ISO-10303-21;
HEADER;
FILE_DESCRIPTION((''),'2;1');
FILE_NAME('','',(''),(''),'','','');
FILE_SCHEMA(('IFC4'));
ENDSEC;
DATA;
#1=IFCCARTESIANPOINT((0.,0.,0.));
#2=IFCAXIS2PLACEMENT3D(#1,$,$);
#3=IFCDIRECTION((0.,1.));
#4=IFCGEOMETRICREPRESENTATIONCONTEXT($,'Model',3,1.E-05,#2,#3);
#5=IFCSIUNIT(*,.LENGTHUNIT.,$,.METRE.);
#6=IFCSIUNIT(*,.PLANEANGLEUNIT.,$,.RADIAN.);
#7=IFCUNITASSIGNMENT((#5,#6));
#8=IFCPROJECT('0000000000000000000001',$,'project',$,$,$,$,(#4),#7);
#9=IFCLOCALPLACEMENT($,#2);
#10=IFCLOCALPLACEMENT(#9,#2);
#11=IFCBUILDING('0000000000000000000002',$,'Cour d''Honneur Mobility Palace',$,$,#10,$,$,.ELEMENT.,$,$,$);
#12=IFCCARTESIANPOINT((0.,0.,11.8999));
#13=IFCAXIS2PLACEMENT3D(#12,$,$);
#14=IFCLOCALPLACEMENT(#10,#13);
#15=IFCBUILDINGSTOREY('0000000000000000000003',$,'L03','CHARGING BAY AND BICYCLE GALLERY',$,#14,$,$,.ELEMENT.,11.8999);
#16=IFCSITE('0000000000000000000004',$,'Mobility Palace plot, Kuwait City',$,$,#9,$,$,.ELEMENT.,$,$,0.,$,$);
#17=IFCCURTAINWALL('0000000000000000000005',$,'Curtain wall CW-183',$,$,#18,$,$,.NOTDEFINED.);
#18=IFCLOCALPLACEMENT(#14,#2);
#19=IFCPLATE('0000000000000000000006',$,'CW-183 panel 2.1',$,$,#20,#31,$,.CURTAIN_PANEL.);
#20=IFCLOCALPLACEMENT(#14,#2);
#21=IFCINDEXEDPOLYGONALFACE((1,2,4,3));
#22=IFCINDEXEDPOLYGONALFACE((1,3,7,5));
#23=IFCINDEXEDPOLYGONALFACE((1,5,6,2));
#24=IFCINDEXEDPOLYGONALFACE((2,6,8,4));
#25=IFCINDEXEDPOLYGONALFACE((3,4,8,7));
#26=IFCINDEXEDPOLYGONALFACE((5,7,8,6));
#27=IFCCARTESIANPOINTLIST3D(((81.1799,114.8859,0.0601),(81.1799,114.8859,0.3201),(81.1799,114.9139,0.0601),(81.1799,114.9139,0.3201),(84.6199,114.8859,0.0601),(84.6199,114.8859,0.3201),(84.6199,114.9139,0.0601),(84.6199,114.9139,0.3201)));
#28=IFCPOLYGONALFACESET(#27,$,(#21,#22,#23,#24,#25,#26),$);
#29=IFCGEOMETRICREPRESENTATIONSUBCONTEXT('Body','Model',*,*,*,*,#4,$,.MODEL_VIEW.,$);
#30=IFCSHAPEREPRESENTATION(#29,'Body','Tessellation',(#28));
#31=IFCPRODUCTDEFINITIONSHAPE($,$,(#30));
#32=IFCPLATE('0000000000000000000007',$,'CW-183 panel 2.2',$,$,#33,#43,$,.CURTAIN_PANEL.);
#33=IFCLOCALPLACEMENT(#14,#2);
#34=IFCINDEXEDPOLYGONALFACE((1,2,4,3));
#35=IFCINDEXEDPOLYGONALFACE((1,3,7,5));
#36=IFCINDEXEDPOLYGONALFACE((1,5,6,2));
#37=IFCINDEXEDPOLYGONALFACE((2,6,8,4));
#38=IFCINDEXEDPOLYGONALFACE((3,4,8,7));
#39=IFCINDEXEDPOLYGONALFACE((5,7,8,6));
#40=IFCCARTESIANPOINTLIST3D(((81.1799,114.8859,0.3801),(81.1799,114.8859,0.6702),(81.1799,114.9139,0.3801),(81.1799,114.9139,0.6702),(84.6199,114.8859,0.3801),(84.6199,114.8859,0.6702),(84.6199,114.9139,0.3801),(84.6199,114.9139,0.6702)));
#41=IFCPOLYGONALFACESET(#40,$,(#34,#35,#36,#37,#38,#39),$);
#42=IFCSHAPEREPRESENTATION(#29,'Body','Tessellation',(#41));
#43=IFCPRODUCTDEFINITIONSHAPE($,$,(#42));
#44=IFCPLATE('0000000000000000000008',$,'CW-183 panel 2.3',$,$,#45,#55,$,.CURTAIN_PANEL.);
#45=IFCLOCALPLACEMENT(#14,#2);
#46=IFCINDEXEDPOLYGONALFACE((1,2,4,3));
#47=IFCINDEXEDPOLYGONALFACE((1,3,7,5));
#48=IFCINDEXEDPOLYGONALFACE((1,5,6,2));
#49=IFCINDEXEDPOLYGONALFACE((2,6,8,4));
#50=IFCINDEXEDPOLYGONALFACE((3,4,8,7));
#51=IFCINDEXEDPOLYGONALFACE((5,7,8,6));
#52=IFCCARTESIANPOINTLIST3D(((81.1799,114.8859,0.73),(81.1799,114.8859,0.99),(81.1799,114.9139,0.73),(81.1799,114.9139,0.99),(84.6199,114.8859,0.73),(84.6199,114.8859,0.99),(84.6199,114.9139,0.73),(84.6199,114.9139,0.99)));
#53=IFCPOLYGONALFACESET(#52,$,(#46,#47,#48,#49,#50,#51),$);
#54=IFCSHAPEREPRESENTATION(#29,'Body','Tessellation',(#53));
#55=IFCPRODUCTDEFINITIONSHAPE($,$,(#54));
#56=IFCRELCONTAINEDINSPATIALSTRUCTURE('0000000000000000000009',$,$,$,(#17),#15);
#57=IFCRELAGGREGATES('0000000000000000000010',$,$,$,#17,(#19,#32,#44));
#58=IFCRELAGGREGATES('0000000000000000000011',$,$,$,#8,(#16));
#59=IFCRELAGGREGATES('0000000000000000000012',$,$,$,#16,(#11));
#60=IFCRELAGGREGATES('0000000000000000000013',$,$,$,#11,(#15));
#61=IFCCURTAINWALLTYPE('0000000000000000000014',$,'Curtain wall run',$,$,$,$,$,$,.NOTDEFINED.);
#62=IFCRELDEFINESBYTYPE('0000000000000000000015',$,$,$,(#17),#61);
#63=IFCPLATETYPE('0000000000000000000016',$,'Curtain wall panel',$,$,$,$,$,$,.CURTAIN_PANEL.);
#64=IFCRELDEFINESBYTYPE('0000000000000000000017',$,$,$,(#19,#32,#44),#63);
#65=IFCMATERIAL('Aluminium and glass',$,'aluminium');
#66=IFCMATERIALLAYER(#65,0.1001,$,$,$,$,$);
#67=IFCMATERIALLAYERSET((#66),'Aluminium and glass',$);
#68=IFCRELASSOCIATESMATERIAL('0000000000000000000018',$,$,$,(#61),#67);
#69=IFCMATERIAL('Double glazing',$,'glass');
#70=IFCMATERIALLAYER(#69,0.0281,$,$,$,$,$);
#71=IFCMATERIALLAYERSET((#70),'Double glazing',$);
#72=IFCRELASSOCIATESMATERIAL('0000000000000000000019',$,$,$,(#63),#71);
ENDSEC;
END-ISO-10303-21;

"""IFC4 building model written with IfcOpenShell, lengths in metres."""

from ifc_helpers import new_model, si_unit, direction, frame, origin, origin_2d, place, context, subcontext, project, spatial, rectangle, extrude, material, layer, layer_set, type_object, element, aggregate, save


model = new_model("IFC4")

# Units and contexts
model_context = context("Model", 3, precision=1e-05, world=origin(), true_north=direction((0.0, 1.0)))
body_context = subcontext(model_context, "Body", "Model", "MODEL_VIEW")
ifc_project = project(units=[si_unit("LENGTHUNIT", "METRE"), si_unit("PLANEANGLEUNIT", "RADIAN")], contexts=[model_context])

# Site, building, storey
site_placement = place(None, origin())
site = spatial("IfcSite", under=ifc_project, at=site_placement, Name="Mobility Palace plot, Kuwait City", CompositionType="ELEMENT", RefElevation=0.0)
building_placement = place(site_placement, origin())
building = spatial("IfcBuilding", under=site, at=building_placement, Name="Cour d'Honneur Mobility Palace", CompositionType="ELEMENT")
storey_placement = place(building_placement, frame((0.0, 0.0, 11.8999)))
storey = spatial("IfcBuildingStorey", under=building, at=storey_placement, Name="L03", Description="CHARGING BAY AND BICYCLE GALLERY", CompositionType="ELEMENT", Elevation=11.8999)

# Curtain wall
ifc_material_1 = material(Name="Aluminium and glass", Category="aluminium")
ifc_layer_1 = layer(ifc_material_1, 0.1001)
ifc_layer_set_1 = layer_set([ifc_layer_1], Name="Aluminium and glass")
curtain_wall_type = type_object("IfcCurtainWallType", Name="Curtain wall run", PredefinedType="NOTDEFINED", material=ifc_layer_set_1)
curtain_wall_1_placement = place(storey_placement, origin())
curtain_wall_1 = element("IfcCurtainWall", 1, at=curtain_wall_1_placement, inside=storey, type_object=curtain_wall_type, Name="Curtain wall CW-183", PredefinedType="NOTDEFINED")

# Plates
ifc_material_2 = material(Name="Double glazing", Category="glass")
ifc_layer_2 = layer(ifc_material_2, 0.0281)
ifc_layer_set_2 = layer_set([ifc_layer_2], Name="Double glazing")
plate_type = type_object("IfcPlateType", Name="Curtain wall panel", PredefinedType="CURTAIN_PANEL", material=ifc_layer_set_2)
plate_1_placement = place(storey_placement, frame((82.8999, 114.8999, 0.0601), z_axis=(0.0, 0.0, 1.0), x_axis=(1.0, 0.0, 0.0)))
plate_1 = element("IfcPlate", 2, at=plate_1_placement, type_object=plate_type, Name="CW-183 panel 2.1", PredefinedType="CURTAIN_PANEL", context=body_context, shape_type="SweptSolid", body=[
    extrude(rectangle(XDim=3.4399, YDim=0.0281, at=origin_2d()), origin(), (0.0, 0.0, 1.0), 0.26),
])
plate_2_placement = place(storey_placement, frame((82.8999, 114.8999, 0.3801), z_axis=(0.0, 0.0, 1.0), x_axis=(1.0, 0.0, 0.0)))
plate_2 = element("IfcPlate", 3, at=plate_2_placement, type_object=plate_type, Name="CW-183 panel 2.2", PredefinedType="CURTAIN_PANEL", context=body_context, shape_type="SweptSolid", body=[
    extrude(rectangle(XDim=3.4399, YDim=0.0281, at=origin_2d()), origin(), (0.0, 0.0, 1.0), 0.29),
])
plate_3_placement = place(storey_placement, frame((82.8999, 114.8999, 0.73), z_axis=(0.0, 0.0, 1.0), x_axis=(1.0, 0.0, 0.0)))
plate_3 = element("IfcPlate", 4, at=plate_3_placement, type_object=plate_type, Name="CW-183 panel 2.3", PredefinedType="CURTAIN_PANEL", context=body_context, shape_type="SweptSolid", body=[
    extrude(rectangle(XDim=3.4399, YDim=0.0281, at=origin_2d()), origin(), (0.0, 0.0, 1.0), 0.26),
])
aggregate(curtain_wall_1, [plate_1, plate_2, plate_3])

save(model, "model.ifc")
